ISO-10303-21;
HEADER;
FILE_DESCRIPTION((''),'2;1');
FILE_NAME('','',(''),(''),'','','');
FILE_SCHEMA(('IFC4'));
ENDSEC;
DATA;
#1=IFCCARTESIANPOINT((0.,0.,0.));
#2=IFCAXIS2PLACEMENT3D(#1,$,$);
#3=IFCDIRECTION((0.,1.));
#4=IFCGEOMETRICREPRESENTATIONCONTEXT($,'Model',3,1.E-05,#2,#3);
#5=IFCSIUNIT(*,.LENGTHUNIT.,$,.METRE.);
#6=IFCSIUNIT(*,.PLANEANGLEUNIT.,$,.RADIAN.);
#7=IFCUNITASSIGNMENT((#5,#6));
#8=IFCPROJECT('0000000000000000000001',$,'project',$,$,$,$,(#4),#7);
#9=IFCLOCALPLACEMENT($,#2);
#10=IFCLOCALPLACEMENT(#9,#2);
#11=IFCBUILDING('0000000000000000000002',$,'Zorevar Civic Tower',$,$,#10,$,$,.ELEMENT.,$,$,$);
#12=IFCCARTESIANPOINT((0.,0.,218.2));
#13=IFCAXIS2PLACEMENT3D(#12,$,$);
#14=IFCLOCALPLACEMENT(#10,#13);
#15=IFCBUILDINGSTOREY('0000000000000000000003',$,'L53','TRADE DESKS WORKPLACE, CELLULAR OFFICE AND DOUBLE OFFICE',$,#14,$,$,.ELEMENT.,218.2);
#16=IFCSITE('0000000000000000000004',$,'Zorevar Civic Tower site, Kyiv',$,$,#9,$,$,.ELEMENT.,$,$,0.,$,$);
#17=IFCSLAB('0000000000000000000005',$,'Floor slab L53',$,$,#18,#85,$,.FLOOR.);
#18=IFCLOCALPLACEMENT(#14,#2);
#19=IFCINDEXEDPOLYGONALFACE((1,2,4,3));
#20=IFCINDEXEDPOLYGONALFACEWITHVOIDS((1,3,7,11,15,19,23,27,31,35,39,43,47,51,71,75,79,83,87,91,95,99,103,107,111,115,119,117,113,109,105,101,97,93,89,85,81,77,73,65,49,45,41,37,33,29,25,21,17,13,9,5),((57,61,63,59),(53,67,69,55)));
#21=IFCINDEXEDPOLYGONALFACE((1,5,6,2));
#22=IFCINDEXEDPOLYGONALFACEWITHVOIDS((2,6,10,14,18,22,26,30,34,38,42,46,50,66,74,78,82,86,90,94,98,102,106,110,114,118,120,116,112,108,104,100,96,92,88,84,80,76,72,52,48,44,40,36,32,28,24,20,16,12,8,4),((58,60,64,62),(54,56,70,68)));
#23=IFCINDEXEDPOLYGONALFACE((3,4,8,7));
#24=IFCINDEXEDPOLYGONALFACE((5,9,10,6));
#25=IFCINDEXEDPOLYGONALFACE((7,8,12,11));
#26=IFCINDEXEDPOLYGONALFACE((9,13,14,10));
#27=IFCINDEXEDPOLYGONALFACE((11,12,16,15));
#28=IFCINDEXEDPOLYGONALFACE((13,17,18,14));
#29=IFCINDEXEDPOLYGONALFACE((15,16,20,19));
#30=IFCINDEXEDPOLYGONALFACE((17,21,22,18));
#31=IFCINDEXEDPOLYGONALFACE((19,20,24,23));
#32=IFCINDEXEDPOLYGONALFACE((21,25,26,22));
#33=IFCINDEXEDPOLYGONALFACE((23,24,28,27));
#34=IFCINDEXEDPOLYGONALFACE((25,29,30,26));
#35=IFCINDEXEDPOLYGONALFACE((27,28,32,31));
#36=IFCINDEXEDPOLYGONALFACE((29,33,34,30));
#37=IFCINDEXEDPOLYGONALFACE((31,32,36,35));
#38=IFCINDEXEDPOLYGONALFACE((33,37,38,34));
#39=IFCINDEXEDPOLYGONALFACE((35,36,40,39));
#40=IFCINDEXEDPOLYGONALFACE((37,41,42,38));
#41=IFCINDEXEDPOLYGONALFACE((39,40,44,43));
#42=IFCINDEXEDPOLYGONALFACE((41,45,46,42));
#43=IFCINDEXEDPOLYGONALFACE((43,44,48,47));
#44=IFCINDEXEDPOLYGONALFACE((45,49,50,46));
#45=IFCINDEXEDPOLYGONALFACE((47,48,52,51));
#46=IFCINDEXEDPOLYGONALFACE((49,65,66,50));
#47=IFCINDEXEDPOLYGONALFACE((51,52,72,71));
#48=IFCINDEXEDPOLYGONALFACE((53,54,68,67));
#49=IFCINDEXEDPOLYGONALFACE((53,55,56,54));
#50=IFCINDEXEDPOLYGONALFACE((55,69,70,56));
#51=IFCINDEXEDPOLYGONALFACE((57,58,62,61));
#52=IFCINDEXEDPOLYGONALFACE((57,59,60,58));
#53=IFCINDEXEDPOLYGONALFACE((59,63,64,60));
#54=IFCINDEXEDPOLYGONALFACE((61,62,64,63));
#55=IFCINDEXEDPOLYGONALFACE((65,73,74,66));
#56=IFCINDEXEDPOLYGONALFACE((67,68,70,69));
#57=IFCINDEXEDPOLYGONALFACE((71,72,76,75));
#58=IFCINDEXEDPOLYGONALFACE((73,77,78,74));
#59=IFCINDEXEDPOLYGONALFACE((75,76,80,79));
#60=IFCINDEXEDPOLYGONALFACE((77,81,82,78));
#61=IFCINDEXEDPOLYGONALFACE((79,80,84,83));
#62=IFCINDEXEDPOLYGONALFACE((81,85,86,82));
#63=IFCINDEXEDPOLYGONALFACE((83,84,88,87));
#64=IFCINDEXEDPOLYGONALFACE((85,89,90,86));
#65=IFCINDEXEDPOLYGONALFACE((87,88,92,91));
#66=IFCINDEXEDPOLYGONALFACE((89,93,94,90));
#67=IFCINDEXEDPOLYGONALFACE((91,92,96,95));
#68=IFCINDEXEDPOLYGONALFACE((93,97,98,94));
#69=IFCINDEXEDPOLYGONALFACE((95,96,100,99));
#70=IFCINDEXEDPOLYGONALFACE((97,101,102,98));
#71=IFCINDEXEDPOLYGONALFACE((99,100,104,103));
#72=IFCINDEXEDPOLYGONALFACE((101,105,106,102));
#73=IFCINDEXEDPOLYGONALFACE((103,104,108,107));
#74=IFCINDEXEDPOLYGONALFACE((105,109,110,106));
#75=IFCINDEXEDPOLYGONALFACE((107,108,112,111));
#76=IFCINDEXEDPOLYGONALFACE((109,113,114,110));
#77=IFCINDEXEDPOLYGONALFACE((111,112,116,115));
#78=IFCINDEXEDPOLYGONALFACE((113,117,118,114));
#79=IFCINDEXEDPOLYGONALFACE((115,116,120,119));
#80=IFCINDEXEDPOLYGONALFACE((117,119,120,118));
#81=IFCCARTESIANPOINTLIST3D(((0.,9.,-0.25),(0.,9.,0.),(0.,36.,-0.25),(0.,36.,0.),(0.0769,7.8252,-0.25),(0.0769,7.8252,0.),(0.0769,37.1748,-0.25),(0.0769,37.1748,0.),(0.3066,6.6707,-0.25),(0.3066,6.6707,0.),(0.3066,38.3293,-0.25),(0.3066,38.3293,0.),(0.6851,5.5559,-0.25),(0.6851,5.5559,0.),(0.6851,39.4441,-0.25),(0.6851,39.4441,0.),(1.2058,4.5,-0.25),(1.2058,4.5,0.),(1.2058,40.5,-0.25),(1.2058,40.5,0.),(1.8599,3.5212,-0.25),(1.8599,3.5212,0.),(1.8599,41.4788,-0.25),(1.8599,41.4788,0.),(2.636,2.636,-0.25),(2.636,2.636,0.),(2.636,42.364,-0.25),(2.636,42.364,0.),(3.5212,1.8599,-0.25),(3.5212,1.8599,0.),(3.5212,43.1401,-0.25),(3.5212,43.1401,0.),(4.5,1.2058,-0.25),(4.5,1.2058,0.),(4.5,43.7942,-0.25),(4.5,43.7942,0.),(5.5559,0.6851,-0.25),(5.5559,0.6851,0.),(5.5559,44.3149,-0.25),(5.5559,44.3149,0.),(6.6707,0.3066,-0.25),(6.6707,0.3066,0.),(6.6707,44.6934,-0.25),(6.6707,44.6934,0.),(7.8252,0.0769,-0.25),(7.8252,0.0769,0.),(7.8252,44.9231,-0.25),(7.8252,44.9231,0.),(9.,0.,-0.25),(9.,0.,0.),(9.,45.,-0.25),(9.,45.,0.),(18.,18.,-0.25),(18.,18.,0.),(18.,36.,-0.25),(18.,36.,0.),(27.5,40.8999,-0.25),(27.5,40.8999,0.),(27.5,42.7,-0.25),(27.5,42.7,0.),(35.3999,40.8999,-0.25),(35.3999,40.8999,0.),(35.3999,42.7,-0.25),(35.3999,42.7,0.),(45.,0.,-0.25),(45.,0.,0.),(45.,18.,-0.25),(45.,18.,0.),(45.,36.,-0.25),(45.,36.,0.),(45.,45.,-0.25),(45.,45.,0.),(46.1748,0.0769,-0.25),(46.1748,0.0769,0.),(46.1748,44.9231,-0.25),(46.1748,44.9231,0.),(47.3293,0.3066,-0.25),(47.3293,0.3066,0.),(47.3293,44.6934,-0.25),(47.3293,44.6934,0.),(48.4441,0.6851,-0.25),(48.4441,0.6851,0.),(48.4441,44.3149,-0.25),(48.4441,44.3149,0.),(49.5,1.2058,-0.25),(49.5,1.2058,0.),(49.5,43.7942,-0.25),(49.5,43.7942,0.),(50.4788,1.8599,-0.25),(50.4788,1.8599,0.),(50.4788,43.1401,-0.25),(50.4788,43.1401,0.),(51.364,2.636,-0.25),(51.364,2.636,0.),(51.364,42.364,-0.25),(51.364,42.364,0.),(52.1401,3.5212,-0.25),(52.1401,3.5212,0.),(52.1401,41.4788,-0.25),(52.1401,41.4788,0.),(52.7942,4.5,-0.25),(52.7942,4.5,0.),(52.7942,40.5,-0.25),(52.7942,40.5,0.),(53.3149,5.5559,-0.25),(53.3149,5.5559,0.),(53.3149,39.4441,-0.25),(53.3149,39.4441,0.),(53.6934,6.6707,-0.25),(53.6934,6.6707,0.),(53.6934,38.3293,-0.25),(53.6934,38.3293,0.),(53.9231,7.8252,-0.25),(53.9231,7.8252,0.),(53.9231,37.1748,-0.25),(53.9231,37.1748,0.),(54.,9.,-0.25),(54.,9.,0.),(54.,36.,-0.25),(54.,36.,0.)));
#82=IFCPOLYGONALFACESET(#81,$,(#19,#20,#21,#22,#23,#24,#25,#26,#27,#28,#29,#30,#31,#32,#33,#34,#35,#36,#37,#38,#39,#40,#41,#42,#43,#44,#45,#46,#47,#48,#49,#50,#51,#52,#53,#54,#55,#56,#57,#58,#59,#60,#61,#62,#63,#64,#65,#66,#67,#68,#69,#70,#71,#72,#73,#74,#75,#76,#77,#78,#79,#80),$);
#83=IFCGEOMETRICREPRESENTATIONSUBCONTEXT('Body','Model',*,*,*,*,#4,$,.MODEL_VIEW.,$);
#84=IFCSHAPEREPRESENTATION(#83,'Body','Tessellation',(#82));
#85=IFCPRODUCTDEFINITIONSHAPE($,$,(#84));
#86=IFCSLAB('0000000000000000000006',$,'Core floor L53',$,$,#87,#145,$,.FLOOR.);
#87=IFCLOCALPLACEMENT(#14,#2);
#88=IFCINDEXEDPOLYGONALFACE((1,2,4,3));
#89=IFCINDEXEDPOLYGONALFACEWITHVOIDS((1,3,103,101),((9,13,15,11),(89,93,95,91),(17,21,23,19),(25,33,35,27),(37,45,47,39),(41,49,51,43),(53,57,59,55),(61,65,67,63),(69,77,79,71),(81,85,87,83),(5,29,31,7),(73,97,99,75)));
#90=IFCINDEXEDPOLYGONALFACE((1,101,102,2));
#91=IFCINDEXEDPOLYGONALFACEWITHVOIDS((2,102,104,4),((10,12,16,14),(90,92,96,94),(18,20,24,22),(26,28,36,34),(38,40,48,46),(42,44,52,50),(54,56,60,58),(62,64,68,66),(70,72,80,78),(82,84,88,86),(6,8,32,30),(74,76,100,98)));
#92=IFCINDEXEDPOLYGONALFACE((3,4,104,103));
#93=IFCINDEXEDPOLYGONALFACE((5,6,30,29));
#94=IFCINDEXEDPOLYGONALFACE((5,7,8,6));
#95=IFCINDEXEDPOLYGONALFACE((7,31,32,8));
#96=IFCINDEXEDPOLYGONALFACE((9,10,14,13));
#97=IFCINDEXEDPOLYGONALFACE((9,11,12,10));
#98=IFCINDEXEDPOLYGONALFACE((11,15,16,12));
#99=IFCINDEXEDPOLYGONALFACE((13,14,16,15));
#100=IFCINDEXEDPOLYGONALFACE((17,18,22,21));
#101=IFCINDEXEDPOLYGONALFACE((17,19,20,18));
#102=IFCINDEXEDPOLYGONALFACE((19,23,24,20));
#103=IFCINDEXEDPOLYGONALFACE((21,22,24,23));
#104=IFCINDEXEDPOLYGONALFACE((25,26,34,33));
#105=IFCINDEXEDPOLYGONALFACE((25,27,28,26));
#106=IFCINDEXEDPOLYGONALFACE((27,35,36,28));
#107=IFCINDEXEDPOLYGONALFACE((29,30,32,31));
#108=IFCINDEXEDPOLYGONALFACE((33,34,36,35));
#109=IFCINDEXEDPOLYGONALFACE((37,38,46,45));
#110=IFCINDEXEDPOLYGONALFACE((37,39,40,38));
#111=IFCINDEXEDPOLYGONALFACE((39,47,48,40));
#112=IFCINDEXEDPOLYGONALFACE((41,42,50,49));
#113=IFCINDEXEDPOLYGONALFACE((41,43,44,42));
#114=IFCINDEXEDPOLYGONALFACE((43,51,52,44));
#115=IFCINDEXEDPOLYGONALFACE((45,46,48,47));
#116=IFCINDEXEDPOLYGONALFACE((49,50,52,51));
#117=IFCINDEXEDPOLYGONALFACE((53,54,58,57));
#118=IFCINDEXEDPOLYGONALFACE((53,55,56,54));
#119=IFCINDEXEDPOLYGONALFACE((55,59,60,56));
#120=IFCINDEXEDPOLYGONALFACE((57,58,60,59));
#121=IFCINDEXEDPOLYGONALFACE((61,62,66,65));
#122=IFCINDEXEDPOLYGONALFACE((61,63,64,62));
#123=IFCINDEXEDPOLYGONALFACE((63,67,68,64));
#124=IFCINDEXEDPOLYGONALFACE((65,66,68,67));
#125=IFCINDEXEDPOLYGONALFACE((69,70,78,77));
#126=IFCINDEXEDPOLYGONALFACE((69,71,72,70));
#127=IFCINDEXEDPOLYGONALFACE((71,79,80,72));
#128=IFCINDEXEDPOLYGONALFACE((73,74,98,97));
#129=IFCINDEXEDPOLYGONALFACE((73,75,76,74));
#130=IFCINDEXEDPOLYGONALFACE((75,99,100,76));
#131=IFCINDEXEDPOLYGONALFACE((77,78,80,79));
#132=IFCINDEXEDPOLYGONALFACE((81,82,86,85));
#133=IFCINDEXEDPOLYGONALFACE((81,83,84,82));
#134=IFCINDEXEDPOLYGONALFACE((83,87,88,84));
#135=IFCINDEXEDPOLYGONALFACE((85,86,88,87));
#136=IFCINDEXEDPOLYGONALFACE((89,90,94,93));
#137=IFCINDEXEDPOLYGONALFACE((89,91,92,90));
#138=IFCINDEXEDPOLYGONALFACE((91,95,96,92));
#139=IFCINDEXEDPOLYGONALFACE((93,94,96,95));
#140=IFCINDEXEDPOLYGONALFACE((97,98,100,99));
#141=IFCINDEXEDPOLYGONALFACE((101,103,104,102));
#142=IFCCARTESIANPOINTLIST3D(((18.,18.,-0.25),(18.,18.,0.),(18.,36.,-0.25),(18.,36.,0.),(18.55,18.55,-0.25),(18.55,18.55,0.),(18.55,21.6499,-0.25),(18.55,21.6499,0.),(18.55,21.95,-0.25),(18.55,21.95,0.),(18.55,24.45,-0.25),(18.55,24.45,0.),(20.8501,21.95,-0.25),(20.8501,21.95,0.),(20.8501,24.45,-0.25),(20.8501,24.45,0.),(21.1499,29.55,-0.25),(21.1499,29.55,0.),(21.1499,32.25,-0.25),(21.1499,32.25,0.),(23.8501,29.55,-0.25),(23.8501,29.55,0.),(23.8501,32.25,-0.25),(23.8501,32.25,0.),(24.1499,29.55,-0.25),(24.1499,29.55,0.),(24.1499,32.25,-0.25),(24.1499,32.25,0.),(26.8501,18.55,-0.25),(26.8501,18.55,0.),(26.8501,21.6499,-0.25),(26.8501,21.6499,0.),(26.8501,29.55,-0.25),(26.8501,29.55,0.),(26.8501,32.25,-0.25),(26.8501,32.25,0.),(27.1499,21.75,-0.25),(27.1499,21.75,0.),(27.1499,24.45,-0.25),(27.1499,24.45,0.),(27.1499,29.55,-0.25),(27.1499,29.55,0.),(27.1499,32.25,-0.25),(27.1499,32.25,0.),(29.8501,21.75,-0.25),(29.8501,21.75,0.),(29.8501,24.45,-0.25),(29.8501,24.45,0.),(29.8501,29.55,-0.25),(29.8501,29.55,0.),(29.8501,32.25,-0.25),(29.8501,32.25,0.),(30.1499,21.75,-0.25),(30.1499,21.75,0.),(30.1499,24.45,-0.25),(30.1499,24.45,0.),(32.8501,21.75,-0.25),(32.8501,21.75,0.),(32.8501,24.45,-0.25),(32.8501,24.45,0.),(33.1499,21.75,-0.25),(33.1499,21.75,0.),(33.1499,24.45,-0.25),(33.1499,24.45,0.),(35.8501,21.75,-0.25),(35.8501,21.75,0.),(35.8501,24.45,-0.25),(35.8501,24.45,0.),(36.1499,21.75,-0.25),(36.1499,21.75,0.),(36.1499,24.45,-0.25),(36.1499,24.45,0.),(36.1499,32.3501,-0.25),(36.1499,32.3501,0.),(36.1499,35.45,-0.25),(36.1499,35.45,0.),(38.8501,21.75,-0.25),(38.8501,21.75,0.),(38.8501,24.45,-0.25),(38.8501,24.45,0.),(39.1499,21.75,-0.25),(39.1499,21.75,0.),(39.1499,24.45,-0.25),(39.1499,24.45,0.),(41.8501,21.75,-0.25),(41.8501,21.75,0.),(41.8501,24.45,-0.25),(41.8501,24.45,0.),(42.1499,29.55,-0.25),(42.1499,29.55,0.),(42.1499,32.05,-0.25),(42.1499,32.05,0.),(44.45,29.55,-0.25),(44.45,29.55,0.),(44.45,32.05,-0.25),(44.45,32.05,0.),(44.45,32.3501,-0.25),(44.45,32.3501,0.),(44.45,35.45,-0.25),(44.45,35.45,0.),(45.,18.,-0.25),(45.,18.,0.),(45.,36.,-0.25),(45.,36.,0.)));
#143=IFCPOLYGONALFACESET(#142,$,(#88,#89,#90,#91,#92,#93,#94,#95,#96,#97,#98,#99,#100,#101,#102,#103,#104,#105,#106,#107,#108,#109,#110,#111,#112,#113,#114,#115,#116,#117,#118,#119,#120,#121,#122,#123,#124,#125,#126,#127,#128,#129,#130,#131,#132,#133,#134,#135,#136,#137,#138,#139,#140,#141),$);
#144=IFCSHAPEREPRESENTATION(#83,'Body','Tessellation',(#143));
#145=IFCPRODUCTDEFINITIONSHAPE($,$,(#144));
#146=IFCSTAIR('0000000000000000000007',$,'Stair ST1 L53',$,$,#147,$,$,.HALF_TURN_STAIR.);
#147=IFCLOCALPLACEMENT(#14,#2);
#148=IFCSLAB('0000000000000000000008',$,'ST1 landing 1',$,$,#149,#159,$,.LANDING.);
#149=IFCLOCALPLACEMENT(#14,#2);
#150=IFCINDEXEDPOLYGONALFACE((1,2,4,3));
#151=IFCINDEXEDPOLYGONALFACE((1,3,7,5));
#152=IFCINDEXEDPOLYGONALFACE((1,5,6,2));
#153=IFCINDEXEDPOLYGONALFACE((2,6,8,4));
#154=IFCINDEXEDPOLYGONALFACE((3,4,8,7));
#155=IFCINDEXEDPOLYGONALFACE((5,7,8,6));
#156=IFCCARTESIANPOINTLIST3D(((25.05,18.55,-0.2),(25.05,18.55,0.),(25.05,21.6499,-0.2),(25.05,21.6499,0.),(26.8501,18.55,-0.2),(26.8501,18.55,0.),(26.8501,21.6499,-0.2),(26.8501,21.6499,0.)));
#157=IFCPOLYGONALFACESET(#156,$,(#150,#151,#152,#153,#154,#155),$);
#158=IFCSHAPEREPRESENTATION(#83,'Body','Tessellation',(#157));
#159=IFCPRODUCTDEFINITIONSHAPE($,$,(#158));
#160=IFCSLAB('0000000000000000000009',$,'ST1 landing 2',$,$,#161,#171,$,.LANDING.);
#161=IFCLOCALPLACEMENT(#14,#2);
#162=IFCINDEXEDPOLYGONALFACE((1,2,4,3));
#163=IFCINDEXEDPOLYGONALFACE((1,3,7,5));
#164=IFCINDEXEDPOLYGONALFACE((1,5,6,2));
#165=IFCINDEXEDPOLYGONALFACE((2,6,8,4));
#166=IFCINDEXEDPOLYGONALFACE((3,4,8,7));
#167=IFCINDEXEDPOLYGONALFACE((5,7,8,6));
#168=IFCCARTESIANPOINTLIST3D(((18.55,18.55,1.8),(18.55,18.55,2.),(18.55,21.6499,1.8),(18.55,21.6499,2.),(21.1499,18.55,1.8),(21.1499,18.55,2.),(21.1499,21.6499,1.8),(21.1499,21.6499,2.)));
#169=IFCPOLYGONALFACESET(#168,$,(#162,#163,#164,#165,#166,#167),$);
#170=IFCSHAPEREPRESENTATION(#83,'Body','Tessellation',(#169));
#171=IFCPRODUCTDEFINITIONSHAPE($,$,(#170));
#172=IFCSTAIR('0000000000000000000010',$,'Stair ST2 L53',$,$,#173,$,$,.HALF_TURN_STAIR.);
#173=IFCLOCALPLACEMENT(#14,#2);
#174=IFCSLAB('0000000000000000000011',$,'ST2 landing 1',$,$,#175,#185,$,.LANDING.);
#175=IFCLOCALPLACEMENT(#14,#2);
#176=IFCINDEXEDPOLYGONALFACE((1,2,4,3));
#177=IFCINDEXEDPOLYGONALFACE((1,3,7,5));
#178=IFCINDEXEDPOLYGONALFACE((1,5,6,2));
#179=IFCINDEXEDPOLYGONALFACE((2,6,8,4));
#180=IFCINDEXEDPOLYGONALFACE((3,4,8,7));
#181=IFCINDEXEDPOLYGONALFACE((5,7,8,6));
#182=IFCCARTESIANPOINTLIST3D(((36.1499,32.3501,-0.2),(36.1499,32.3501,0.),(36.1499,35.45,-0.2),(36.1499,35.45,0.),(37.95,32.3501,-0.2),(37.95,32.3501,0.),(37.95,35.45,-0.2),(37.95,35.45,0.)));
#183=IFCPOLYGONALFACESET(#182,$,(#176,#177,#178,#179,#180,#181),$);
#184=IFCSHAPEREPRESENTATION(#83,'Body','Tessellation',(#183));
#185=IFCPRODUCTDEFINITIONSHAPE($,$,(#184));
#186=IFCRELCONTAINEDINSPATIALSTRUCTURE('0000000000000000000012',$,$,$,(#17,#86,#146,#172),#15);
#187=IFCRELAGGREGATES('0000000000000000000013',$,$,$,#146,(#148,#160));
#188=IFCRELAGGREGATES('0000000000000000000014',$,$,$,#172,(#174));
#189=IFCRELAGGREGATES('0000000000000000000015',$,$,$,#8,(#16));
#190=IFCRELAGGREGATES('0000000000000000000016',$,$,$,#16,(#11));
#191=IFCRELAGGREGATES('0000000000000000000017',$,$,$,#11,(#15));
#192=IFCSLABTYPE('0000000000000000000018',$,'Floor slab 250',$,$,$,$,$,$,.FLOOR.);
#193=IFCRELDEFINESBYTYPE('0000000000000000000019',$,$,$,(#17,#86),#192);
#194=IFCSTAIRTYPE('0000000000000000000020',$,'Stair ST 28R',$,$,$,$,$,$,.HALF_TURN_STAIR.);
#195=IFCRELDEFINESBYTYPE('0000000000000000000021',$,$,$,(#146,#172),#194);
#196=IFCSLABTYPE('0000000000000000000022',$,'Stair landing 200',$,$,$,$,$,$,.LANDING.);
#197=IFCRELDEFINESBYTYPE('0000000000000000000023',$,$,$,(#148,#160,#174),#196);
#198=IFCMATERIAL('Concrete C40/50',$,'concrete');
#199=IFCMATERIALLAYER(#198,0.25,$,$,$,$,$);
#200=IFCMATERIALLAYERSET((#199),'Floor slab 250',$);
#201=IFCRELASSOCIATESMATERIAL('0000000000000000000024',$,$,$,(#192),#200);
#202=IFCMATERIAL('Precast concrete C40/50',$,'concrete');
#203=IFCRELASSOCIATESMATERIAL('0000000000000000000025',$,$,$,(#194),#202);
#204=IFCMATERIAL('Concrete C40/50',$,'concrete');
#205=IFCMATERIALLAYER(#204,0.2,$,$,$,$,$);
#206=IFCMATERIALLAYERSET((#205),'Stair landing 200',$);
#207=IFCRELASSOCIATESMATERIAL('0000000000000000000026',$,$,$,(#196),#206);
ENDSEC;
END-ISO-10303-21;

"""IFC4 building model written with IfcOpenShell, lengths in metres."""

from ifc_helpers import new_model, si_unit, direction, frame, origin, place, context, subcontext, project, spatial, polyline, outline, extrude, material, layer, layer_set, type_object, element, aggregate, save


model = new_model("IFC4")

# Units and contexts
model_context = context("Model", 3, precision=1e-05, world=origin(), true_north=direction((0.0, 1.0)))
body_context = subcontext(model_context, "Body", "Model", "MODEL_VIEW")
ifc_project = project(units=[si_unit("LENGTHUNIT", "METRE"), si_unit("PLANEANGLEUNIT", "RADIAN")], contexts=[model_context])

# Site, building, storey
site_placement = place(None, origin())
site = spatial("IfcSite", under=ifc_project, at=site_placement, Name="Zorevar Civic Tower site, Kyiv", CompositionType="ELEMENT", RefElevation=0.0)
building_placement = place(site_placement, origin())
building = spatial("IfcBuilding", under=site, at=building_placement, Name="Zorevar Civic Tower", CompositionType="ELEMENT")
storey_placement = place(building_placement, frame((0.0, 0.0, 218.2)))
storey = spatial("IfcBuildingStorey", under=building, at=storey_placement, Name="L53", Description="TRADE DESKS WORKPLACE, CELLULAR OFFICE AND DOUBLE OFFICE", CompositionType="ELEMENT", Elevation=218.2)

# Slabs
ifc_material_1 = material(Name="Concrete C40/50", Category="concrete")
ifc_layer_1 = layer(ifc_material_1, 0.25)
ifc_layer_set_1 = layer_set([ifc_layer_1], Name="Floor slab 250")
slab_type_1 = type_object("IfcSlabType", Name="Floor slab 250", PredefinedType="FLOOR", material=ifc_layer_set_1)
slab_1_placement = place(storey_placement, frame((0.0, 0.0, -0.25)))
element("IfcSlab", 1, at=slab_1_placement, inside=storey, type_object=slab_type_1, Name="Floor slab L53", PredefinedType="FLOOR", context=body_context, shape_type="SweptSolid", body=[
    extrude(outline(polyline([(45.0, 0.0), (46.1748, 0.0769), (47.3293, 0.3066), (48.4441, 0.6851), (49.5, 1.2058), (50.4788, 1.8599), (51.364, 2.636), (52.1401, 3.5212), (52.7942, 4.5), (53.3149, 5.5559), (53.6934, 6.6707), (53.9231, 7.8252), (54.0, 9.0), (54.0, 36.0), (53.9231, 37.1748), (53.6934, 38.3293), (53.3149, 39.4441), (52.7942, 40.5), (52.1401, 41.4788), (51.364, 42.364), (50.4788, 43.1401), (49.5, 43.7942), (48.4441, 44.3149), (47.3293, 44.6934), (46.1748, 44.9231), (45.0, 45.0), (9.0, 45.0), (7.8252, 44.9231), (6.6707, 44.6934), (5.5559, 44.3149), (4.5, 43.7942), (3.5212, 43.1401), (2.636, 42.364), (1.8599, 41.4788), (1.2058, 40.5), (0.6851, 39.4441), (0.3066, 38.3293), (0.0769, 37.1748), (0.0, 36.0), (0.0, 9.0), (0.0769, 7.8252), (0.3066, 6.6707), (0.6851, 5.5559), (1.2058, 4.5), (1.8599, 3.5212), (2.636, 2.636), (3.5212, 1.8599), (4.5, 1.2058), (5.5559, 0.6851), (6.6707, 0.3066), (7.8252, 0.0769), (9.0, 0.0), (45.0, 0.0)]), holes=[polyline([(18.0, 18.0), (45.0, 18.0), (45.0, 36.0), (18.0, 36.0), (18.0, 18.0)]), polyline([(27.5, 40.8999), (35.3999, 40.8999), (35.3999, 42.7), (27.5, 42.7), (27.5, 40.8999)])]), origin(), (0.0, 0.0, 1.0), 0.25),
])
slab_2_placement = place(storey_placement, frame((0.0, 0.0, -0.25)))
element("IfcSlab", 2, at=slab_2_placement, inside=storey, type_object=slab_type_1, Name="Core floor L53", PredefinedType="FLOOR", context=body_context, shape_type="SweptSolid", body=[
    extrude(outline(polyline([(18.0, 18.0), (45.0, 18.0), (45.0, 36.0), (18.0, 36.0), (18.0, 18.0)]), holes=[polyline([(18.55, 18.55), (26.8501, 18.55), (26.8501, 21.6499), (18.55, 21.6499), (18.55, 18.55)]), polyline([(36.1499, 32.3501), (44.45, 32.3501), (44.45, 35.45), (36.1499, 35.45), (36.1499, 32.3501)]), polyline([(18.55, 21.95), (20.8501, 21.95), (20.8501, 24.45), (18.55, 24.45), (18.55, 21.95)]), polyline([(42.1499, 29.55), (44.45, 29.55), (44.45, 32.05), (42.1499, 32.05), (42.1499, 29.55)]), polyline([(27.1499, 21.75), (29.8501, 21.75), (29.8501, 24.45), (27.1499, 24.45), (27.1499, 21.75)]), polyline([(30.1499, 21.75), (32.8501, 21.75), (32.8501, 24.45), (30.1499, 24.45), (30.1499, 21.75)]), polyline([(33.1499, 21.75), (35.8501, 21.75), (35.8501, 24.45), (33.1499, 24.45), (33.1499, 21.75)]), polyline([(27.1499, 29.55), (29.8501, 29.55), (29.8501, 32.25), (27.1499, 32.25), (27.1499, 29.55)]), polyline([(36.1499, 21.75), (38.8501, 21.75), (38.8501, 24.45), (36.1499, 24.45), (36.1499, 21.75)]), polyline([(24.1499, 29.55), (26.8501, 29.55), (26.8501, 32.25), (24.1499, 32.25), (24.1499, 29.55)]), polyline([(39.1499, 21.75), (41.8501, 21.75), (41.8501, 24.45), (39.1499, 24.45), (39.1499, 21.75)]), polyline([(21.1499, 29.55), (23.8501, 29.55), (23.8501, 32.25), (21.1499, 32.25), (21.1499, 29.55)])]), origin(), (0.0, 0.0, 1.0), 0.25),
])

# Stairs, slabs
ifc_material_2 = material(Name="Precast concrete C40/50", Category="concrete")
stair_type = type_object("IfcStairType", Name="Stair ST 28R", PredefinedType="HALF_TURN_STAIR", material=ifc_material_2)
stair_1_placement = place(storey_placement, origin())
stair_1 = element("IfcStair", 3, at=stair_1_placement, inside=storey, type_object=stair_type, Name="Stair ST1 L53", PredefinedType="HALF_TURN_STAIR")
ifc_material_3 = material(Name="Concrete C40/50", Category="concrete")
ifc_layer_2 = layer(ifc_material_3, 0.2)
ifc_layer_set_2 = layer_set([ifc_layer_2], Name="Stair landing 200")
slab_type_2 = type_object("IfcSlabType", Name="Stair landing 200", PredefinedType="LANDING", material=ifc_layer_set_2)
slab_3_placement = place(storey_placement, frame((0.0, 0.0, -0.2)))
slab_3 = element("IfcSlab", 4, at=slab_3_placement, type_object=slab_type_2, Name="ST1 landing 1", PredefinedType="LANDING", context=body_context, shape_type="SweptSolid", body=[
    extrude(outline(polyline([(25.05, 18.55), (26.8501, 18.55), (26.8501, 21.6499), (25.05, 21.6499), (25.05, 18.55)])), origin(), (0.0, 0.0, 1.0), 0.2),
])
slab_4_placement = place(storey_placement, frame((0.0, 0.0, 1.8)))
slab_4 = element("IfcSlab", 5, at=slab_4_placement, type_object=slab_type_2, Name="ST1 landing 2", PredefinedType="LANDING", context=body_context, shape_type="SweptSolid", body=[
    extrude(outline(polyline([(18.55, 18.55), (21.1499, 18.55), (21.1499, 21.6499), (18.55, 21.6499), (18.55, 18.55)])), origin(), (0.0, 0.0, 1.0), 0.2),
])
aggregate(stair_1, [slab_3, slab_4])
stair_2_placement = place(storey_placement, origin())
stair_2 = element("IfcStair", 6, at=stair_2_placement, inside=storey, type_object=stair_type, Name="Stair ST2 L53", PredefinedType="HALF_TURN_STAIR")
slab_5_placement = place(storey_placement, frame((0.0, 0.0, -0.2)))
slab_5 = element("IfcSlab", 7, at=slab_5_placement, type_object=slab_type_2, Name="ST2 landing 1", PredefinedType="LANDING", context=body_context, shape_type="SweptSolid", body=[
    extrude(outline(polyline([(37.95, 32.3501), (36.1499, 32.3501), (36.1499, 35.45), (37.95, 35.45), (37.95, 32.3501)])), origin(), (0.0, 0.0, 1.0), 0.2),
])
aggregate(stair_2, [slab_5])

save(model, "model.ifc")
